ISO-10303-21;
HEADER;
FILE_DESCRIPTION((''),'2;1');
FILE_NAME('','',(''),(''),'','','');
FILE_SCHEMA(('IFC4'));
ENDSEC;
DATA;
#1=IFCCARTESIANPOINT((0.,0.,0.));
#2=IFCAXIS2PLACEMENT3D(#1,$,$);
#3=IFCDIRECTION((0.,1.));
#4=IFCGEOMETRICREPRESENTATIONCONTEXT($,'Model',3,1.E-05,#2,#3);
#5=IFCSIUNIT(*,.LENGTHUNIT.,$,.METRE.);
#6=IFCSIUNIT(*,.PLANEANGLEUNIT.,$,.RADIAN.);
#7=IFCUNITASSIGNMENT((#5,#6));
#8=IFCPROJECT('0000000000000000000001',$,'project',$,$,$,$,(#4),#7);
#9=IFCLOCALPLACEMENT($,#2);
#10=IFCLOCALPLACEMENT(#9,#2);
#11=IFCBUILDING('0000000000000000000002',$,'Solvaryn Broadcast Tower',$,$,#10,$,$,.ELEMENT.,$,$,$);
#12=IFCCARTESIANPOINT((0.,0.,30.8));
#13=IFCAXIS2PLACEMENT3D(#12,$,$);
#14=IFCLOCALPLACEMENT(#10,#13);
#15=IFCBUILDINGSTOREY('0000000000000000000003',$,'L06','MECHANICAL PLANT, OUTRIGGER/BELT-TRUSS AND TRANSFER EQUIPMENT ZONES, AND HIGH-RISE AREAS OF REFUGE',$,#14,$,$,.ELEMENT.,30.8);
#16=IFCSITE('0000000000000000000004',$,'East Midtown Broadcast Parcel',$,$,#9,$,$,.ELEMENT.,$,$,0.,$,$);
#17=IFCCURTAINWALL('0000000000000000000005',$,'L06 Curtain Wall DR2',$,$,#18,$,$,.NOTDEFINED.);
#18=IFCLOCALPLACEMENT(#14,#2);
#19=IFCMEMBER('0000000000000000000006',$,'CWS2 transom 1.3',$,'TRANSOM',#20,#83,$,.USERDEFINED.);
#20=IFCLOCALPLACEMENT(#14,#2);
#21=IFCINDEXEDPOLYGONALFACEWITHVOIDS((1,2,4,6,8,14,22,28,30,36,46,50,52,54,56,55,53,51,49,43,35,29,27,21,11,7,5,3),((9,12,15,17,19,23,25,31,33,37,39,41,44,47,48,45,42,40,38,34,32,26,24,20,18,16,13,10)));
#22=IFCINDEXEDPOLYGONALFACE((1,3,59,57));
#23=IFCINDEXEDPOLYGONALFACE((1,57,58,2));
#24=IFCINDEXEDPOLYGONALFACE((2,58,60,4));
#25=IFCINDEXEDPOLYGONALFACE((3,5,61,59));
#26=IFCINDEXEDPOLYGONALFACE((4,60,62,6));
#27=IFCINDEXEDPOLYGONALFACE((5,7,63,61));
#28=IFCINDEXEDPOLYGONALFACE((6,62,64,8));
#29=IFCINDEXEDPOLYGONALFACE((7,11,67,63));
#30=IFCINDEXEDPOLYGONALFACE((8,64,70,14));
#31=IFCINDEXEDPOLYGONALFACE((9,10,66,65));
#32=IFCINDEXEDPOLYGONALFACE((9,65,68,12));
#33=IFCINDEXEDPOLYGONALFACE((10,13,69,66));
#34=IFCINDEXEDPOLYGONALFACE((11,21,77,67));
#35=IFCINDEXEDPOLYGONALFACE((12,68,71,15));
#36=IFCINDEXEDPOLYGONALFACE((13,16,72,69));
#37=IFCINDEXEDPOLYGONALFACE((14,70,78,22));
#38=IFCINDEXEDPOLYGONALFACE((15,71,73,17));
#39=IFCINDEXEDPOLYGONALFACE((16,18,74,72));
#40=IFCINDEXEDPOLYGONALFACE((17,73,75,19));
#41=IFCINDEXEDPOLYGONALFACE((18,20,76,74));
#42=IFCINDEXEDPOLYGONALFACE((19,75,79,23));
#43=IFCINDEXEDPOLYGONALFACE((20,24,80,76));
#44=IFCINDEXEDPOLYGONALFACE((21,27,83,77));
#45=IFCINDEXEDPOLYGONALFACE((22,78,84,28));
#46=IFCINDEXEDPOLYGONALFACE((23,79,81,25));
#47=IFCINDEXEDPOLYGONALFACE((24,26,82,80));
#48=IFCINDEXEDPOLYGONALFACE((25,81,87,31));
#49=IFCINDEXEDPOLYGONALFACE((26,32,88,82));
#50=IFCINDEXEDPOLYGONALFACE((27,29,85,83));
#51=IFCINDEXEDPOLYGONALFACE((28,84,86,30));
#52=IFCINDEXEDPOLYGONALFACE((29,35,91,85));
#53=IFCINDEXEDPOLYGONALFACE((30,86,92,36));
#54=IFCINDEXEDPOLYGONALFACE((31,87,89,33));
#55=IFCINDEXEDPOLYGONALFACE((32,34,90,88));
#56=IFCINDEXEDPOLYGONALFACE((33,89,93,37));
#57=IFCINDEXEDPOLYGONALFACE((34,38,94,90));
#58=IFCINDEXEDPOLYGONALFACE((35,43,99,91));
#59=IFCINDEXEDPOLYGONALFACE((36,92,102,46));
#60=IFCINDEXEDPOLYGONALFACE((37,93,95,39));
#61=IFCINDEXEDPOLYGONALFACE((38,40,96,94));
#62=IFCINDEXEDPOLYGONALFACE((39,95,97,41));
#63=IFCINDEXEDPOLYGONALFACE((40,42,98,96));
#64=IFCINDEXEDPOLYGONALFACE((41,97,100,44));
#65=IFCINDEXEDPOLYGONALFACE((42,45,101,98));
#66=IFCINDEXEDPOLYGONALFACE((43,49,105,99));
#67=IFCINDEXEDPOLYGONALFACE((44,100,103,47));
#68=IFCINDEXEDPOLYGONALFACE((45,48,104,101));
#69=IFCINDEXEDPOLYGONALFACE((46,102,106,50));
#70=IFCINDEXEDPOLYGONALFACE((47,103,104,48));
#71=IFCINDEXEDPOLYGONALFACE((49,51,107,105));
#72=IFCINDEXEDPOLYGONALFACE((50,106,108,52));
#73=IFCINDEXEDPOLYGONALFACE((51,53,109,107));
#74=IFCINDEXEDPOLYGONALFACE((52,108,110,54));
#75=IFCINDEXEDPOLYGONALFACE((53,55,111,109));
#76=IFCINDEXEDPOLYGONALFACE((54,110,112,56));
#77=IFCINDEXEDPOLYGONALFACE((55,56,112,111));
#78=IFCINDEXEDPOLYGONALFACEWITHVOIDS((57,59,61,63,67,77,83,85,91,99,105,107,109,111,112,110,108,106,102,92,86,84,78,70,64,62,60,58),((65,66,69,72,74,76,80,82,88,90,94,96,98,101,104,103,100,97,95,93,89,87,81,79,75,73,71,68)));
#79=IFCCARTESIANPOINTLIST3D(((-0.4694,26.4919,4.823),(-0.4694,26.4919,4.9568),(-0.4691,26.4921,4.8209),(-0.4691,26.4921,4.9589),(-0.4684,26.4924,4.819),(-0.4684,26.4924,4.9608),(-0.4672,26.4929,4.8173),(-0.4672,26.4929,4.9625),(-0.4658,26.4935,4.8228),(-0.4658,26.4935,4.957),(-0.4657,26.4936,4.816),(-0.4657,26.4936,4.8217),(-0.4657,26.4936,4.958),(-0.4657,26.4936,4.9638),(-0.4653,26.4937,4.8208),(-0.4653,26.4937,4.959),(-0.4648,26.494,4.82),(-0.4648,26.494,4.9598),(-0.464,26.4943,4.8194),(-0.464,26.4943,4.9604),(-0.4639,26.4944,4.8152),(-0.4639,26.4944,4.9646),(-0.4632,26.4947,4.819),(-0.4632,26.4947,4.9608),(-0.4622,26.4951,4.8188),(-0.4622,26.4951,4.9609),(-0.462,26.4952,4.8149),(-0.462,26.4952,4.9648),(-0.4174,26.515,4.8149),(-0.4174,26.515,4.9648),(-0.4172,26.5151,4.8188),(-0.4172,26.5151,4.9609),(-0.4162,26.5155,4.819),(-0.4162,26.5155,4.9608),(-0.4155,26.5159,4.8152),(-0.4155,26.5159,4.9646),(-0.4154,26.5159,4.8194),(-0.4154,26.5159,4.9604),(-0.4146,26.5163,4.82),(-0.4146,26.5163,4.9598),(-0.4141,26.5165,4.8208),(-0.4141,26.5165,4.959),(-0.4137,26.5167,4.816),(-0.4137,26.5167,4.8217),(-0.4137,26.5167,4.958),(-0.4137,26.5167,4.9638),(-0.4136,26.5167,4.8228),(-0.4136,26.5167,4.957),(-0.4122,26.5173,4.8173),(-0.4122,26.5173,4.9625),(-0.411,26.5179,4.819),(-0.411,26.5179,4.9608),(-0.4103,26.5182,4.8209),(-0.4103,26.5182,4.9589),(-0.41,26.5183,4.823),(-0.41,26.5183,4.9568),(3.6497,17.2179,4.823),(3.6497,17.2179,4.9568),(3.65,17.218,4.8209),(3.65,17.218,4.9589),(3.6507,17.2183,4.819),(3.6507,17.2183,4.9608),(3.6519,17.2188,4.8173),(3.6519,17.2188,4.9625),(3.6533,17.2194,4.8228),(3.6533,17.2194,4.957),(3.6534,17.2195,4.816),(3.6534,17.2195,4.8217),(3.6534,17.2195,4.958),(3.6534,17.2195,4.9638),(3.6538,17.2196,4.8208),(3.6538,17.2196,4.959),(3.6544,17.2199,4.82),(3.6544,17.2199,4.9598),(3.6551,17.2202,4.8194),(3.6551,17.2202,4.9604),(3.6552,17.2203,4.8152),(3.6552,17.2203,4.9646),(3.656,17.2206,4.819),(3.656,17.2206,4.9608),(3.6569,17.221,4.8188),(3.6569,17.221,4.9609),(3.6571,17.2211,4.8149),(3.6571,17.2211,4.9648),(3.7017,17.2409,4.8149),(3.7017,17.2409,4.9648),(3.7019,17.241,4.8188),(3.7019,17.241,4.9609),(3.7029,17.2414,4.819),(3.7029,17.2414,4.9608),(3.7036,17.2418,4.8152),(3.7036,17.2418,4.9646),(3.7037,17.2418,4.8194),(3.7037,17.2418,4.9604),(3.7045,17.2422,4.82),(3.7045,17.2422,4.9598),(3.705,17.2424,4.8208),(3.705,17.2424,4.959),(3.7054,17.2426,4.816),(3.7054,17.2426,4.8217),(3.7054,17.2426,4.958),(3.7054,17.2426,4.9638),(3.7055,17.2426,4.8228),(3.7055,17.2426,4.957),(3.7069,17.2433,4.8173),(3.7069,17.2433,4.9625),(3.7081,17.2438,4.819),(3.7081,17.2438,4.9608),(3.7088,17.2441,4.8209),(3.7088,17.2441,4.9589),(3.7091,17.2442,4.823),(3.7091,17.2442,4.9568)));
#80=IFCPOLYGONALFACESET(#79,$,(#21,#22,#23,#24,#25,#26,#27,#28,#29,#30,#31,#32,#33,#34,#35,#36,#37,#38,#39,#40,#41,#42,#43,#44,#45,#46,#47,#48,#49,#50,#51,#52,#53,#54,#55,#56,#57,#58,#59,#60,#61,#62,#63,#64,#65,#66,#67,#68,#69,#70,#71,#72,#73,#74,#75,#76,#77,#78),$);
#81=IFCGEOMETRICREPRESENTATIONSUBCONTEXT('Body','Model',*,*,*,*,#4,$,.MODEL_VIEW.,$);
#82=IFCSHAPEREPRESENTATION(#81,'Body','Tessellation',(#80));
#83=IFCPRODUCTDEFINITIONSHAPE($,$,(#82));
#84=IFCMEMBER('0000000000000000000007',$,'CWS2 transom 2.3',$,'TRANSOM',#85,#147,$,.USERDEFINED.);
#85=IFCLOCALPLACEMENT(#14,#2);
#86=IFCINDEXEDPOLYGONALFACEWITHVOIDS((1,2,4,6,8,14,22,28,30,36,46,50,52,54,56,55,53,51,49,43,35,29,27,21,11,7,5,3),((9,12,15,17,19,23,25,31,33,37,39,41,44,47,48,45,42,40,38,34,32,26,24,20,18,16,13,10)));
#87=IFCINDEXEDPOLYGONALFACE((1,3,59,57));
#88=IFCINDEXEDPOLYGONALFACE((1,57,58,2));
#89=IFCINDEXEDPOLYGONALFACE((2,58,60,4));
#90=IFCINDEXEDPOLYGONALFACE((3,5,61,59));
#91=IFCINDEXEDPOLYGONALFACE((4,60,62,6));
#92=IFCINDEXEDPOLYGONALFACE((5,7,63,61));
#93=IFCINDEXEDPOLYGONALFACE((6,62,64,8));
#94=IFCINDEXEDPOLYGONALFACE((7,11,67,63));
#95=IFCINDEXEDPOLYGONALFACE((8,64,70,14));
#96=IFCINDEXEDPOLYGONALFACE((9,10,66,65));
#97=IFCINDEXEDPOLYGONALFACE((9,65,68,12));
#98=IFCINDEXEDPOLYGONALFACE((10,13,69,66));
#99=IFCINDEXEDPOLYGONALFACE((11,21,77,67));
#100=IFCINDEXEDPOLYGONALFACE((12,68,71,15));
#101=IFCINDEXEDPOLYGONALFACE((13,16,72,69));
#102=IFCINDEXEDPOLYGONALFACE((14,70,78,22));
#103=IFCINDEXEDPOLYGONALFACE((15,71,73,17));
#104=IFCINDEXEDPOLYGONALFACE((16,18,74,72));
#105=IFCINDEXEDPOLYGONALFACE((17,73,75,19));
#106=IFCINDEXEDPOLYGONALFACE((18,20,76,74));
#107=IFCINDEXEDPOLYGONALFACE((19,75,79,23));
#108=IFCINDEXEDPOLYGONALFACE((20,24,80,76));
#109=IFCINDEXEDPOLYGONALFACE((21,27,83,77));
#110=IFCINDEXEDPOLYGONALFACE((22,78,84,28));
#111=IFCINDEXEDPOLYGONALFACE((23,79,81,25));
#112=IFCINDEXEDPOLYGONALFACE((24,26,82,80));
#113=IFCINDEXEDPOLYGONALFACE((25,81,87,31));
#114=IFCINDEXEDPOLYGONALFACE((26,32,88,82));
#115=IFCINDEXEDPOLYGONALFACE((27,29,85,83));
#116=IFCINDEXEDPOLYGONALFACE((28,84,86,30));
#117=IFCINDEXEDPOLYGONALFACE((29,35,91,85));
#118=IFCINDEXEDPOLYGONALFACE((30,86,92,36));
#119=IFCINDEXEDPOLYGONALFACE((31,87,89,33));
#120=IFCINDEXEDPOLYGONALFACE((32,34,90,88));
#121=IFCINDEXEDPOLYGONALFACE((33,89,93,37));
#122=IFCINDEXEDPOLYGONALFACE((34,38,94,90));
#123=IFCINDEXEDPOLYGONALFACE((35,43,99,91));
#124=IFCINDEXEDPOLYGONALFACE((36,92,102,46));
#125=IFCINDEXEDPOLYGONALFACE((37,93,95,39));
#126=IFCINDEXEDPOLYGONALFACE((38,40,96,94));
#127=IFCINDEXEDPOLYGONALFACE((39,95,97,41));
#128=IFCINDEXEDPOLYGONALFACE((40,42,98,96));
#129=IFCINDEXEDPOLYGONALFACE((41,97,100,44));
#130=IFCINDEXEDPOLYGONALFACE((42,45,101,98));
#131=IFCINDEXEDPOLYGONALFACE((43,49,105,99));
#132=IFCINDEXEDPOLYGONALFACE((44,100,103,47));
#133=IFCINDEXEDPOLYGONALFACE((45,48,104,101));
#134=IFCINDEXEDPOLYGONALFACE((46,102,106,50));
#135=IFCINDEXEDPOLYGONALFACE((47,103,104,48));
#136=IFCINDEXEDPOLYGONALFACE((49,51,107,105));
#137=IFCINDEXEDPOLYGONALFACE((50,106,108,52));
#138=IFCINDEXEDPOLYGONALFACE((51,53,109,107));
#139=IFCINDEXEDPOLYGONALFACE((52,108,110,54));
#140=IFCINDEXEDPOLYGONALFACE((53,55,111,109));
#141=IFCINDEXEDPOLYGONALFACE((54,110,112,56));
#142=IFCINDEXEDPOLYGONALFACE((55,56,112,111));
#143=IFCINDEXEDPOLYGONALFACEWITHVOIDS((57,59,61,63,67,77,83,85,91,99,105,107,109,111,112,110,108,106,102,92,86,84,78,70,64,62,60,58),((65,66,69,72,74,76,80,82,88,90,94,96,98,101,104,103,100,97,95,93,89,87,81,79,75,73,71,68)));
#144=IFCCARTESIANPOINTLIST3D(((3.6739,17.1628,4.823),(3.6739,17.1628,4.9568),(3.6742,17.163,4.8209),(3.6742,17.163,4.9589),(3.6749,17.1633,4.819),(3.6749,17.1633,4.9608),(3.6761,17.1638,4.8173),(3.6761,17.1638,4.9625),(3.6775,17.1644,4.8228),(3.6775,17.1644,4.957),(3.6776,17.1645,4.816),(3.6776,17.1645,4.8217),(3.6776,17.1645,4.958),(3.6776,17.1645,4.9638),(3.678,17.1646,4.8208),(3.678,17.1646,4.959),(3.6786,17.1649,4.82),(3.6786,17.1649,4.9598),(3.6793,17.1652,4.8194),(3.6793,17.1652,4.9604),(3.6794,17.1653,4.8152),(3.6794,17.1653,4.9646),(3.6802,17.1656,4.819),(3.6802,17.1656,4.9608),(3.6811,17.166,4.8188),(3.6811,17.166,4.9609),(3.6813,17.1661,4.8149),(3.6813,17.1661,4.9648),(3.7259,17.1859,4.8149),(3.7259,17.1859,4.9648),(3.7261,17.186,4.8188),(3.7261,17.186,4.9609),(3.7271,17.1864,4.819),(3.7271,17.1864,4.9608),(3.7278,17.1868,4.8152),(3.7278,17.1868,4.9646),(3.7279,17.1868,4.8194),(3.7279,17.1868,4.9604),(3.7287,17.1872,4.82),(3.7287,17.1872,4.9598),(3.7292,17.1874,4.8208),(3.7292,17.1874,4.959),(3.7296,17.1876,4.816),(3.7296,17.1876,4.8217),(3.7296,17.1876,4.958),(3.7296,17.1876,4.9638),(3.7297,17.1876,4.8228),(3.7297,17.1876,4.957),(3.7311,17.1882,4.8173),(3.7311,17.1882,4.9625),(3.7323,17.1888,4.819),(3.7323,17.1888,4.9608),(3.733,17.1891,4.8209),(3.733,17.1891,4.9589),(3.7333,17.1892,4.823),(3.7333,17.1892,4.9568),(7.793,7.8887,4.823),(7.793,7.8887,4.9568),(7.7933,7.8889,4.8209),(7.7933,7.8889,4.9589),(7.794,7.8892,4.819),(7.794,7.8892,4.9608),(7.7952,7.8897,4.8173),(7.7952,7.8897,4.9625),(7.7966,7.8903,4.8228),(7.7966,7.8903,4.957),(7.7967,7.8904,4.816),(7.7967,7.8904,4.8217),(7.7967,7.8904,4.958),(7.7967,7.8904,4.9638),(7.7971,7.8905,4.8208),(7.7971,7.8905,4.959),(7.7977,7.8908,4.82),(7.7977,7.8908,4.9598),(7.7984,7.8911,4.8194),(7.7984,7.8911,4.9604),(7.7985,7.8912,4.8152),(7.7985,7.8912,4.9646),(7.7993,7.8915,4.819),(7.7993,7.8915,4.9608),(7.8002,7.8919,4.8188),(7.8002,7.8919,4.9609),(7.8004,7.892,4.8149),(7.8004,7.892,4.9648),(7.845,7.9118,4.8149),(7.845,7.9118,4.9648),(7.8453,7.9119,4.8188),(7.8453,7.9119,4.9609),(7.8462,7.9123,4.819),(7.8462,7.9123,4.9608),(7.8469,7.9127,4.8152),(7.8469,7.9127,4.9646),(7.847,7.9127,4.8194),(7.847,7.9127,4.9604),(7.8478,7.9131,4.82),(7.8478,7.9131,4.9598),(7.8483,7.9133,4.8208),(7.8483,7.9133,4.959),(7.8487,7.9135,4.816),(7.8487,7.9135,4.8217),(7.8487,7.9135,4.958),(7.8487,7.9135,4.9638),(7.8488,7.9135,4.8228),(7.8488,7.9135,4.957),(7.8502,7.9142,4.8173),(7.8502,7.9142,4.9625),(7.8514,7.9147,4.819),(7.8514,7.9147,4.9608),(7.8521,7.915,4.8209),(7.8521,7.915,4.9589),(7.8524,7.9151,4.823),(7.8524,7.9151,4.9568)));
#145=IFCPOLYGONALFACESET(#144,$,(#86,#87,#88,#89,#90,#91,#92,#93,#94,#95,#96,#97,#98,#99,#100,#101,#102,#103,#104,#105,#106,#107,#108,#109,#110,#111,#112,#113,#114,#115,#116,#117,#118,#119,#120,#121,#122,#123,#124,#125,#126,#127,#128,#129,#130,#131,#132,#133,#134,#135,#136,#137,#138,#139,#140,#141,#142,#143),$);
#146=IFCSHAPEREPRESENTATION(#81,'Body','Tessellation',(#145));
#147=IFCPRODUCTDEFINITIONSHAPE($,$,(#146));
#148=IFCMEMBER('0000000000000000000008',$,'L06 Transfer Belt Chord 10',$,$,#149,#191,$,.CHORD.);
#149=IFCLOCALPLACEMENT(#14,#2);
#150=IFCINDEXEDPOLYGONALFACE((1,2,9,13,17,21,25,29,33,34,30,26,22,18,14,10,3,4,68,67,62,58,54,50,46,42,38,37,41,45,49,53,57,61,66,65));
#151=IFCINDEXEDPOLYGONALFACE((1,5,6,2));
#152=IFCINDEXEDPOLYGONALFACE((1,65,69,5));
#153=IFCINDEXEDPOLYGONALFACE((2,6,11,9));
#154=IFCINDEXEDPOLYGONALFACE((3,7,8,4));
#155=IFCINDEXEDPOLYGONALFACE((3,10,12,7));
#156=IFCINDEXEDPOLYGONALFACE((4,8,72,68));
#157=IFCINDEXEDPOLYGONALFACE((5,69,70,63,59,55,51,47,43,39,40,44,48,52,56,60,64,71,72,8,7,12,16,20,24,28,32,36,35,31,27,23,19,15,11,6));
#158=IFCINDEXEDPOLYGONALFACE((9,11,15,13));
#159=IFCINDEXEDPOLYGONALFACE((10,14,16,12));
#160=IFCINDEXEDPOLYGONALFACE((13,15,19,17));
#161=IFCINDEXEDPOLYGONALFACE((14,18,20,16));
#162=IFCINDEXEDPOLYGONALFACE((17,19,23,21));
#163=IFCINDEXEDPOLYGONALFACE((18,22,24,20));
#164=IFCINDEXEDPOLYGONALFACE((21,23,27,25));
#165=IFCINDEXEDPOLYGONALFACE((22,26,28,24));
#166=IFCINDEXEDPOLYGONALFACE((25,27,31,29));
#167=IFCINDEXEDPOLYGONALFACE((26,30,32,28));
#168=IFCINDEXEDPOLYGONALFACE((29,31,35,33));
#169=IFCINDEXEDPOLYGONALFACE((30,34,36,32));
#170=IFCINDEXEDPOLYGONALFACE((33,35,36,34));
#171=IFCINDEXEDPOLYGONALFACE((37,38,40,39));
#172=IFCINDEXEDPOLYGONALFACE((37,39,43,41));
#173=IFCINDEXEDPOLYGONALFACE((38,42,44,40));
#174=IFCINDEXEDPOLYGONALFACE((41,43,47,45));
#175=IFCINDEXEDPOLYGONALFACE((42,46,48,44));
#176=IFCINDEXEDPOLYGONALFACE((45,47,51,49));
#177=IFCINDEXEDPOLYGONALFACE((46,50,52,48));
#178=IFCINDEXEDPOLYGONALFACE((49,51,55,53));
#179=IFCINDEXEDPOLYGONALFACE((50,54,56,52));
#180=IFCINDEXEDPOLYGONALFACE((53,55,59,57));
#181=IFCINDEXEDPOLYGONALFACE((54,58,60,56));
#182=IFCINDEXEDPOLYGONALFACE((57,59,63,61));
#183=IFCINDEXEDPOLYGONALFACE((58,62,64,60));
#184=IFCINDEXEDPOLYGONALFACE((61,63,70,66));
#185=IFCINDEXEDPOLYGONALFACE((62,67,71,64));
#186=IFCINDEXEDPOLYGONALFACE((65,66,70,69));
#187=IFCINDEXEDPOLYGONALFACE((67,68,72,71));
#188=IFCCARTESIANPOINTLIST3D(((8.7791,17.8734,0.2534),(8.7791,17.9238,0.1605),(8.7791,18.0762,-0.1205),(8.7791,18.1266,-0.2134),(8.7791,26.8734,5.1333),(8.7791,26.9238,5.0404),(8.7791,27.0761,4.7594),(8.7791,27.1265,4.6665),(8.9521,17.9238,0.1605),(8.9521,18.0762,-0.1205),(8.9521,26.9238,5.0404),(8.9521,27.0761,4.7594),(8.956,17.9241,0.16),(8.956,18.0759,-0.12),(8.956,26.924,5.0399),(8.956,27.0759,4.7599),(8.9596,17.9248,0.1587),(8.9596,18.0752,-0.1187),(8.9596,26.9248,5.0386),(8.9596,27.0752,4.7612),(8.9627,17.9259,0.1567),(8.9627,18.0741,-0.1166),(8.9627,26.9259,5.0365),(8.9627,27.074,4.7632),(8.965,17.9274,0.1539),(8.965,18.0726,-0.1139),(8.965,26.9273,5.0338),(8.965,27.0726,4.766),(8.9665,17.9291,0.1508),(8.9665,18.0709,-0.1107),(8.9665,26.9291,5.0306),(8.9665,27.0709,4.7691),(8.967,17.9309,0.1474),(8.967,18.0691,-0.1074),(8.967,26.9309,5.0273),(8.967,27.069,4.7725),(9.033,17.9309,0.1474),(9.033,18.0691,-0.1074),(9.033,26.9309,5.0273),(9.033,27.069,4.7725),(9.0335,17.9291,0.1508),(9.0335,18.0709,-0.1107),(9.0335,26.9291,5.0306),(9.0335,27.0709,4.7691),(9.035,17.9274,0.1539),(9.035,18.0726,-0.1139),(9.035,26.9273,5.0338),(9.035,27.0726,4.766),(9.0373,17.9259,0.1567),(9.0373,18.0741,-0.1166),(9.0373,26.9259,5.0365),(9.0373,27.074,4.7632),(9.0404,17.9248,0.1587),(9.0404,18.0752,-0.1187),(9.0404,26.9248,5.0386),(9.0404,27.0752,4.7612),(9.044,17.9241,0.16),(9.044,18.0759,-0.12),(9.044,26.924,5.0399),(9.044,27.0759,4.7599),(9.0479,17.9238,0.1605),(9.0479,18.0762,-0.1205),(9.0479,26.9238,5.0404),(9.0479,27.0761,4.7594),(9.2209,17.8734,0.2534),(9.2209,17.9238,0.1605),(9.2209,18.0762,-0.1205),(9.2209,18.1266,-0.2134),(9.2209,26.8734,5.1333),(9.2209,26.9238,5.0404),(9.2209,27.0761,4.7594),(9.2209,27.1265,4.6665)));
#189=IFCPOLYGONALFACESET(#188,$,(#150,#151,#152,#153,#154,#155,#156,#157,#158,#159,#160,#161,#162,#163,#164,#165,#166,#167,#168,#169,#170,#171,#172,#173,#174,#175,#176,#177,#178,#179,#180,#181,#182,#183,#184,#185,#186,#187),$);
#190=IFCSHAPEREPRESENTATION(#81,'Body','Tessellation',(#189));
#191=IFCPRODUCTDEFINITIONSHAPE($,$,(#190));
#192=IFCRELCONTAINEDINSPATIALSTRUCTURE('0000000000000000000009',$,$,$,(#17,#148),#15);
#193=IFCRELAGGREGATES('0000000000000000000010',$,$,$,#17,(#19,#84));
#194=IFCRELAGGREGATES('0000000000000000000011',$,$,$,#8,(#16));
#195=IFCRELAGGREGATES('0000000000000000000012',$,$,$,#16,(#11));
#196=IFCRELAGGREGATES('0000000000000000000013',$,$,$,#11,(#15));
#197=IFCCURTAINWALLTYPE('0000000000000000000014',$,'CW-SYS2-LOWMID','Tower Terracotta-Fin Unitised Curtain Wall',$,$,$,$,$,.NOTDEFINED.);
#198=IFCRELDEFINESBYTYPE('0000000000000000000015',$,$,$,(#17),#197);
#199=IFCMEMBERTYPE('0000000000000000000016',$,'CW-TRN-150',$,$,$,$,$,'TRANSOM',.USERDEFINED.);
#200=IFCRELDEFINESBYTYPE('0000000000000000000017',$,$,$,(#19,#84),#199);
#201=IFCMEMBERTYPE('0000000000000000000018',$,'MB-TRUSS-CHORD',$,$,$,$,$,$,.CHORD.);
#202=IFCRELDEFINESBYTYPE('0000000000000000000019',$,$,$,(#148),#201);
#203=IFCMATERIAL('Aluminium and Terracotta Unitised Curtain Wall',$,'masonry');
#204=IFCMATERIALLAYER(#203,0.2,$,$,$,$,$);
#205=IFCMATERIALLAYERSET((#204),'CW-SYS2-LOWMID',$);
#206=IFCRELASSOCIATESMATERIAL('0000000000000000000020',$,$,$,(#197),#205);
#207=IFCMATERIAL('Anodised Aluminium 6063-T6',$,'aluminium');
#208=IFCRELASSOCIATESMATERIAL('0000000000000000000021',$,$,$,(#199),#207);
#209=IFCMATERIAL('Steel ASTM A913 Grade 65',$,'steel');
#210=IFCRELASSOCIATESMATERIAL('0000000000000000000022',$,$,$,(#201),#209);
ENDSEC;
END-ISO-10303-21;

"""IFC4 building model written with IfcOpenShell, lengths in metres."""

from ifc_helpers import new_model, si_unit, direction, frame, origin, origin_2d, place, context, subcontext, project, spatial, hollow_rectangle, i_section, extrude, material, layer, layer_set, material_profile, profile_set, type_object, element, aggregate, save


model = new_model("IFC4")

# Units and contexts
model_context = context("Model", 3, precision=1e-05, world=origin(), true_north=direction((0.0, 1.0)))
body_context = subcontext(model_context, "Body", "Model", "MODEL_VIEW")
ifc_project = project(units=[si_unit("LENGTHUNIT", "METRE"), si_unit("PLANEANGLEUNIT", "RADIAN")], contexts=[model_context])

# Site, building, storey
site_placement = place(None, origin())
site = spatial("IfcSite", under=ifc_project, at=site_placement, Name="East Midtown Broadcast Parcel", CompositionType="ELEMENT", RefElevation=0.0)
building_placement = place(site_placement, origin())
building = spatial("IfcBuilding", under=site, at=building_placement, Name="Solvaryn Broadcast Tower", CompositionType="ELEMENT")
storey_placement = place(building_placement, frame((0.0, 0.0, 30.8)))
storey = spatial("IfcBuildingStorey", under=building, at=storey_placement, Name="L06", Description="MECHANICAL PLANT, OUTRIGGER/BELT-TRUSS AND TRANSFER EQUIPMENT ZONES, AND HIGH-RISE AREAS OF REFUGE", CompositionType="ELEMENT", Elevation=30.8)

# Shared definitions
ifc_material_1 = material(Name="Aluminium and Terracotta Unitised Curtain Wall", Category="masonry")
ifc_layer_1 = layer(ifc_material_1, 0.2)
ifc_layer_set_1 = layer_set([ifc_layer_1], Name="CW-SYS2-LOWMID")
curtain_wall_type = type_object("IfcCurtainWallType", Name="CW-SYS2-LOWMID", Description="Tower Terracotta-Fin Unitised Curtain Wall", PredefinedType="NOTDEFINED", material=ifc_layer_set_1)

# Curtain wall, members
curtain_wall_1_placement = place(storey_placement, origin())
curtain_wall_1 = element("IfcCurtainWall", 1, at=curtain_wall_1_placement, inside=storey, type_object=curtain_wall_type, Name="L06 Curtain Wall DR2", PredefinedType="NOTDEFINED")
ifc_material_2 = material(Name="Anodised Aluminium 6063-T6", Category="aluminium")
ifc_material_profile_1 = material_profile(ifc_material_2, hollow_rectangle(XDim=0.0649, YDim=0.1499, WallThickness=0.0039, InnerFilletRadius=0.0039, OuterFilletRadius=0.0081, at=origin_2d()))
ifc_profile_set_1 = profile_set([ifc_material_profile_1], Name="Anodised Aluminium 6063-T6")
member_type_1 = type_object("IfcMemberType", Name="CW-TRN-150", ElementType="TRANSOM", PredefinedType="USERDEFINED", material=ifc_profile_set_1)
member_1_placement = place(storey_placement, frame((-0.4397, 26.5051, 4.8899), z_axis=(0.405915, -0.913911, 0.0), x_axis=(0.913911, 0.405915, 0.0)))
member_1 = element("IfcMember", 2, at=member_1_placement, type_object=member_type_1, Name="CWS2 transom 1.3", ObjectType="TRANSOM", PredefinedType="USERDEFINED", context=body_context, shape_type="SweptSolid", body=[
    extrude(hollow_rectangle(XDim=0.0649, YDim=0.1499, WallThickness=0.0039, InnerFilletRadius=0.0039, OuterFilletRadius=0.0081, at=origin_2d()), origin(), (0.0, 0.0, 1.0), 10.1477),
])
member_2_placement = place(storey_placement, frame((3.7036, 17.176, 4.8899), z_axis=(0.405915, -0.913911, 0.0), x_axis=(0.913911, 0.405915, 0.0)))
member_2 = element("IfcMember", 3, at=member_2_placement, type_object=member_type_1, Name="CWS2 transom 2.3", ObjectType="TRANSOM", PredefinedType="USERDEFINED", context=body_context, shape_type="SweptSolid", body=[
    extrude(hollow_rectangle(XDim=0.0649, YDim=0.1499, WallThickness=0.0039, InnerFilletRadius=0.0039, OuterFilletRadius=0.0081, at=origin_2d()), origin(), (0.0, 0.0, 1.0), 10.1477),
])

# Member
ifc_material_3 = material(Name="Steel ASTM A913 Grade 65", Category="steel")
ifc_material_profile_2 = material_profile(ifc_material_3, i_section(OverallWidth=0.4419, OverallDepth=0.531, WebThickness=0.0659, FlangeThickness=0.1057, FilletRadius=0.0149, at=origin_2d()))
ifc_profile_set_2 = profile_set([ifc_material_profile_2], Name="Steel ASTM A913 Grade 65")
member_type_2 = type_object("IfcMemberType", Name="MB-TRUSS-CHORD", PredefinedType="CHORD", material=ifc_profile_set_2)
for number, where, z_axis, x_axis, name in (
    (4, (9.0, 18.0, 0.02), (0.0, 0.879092, 0.476652), (-1.0, 0.0, 0.0), "L06 Transfer Belt Chord 10"),
):
    element("IfcMember", number, at=place(storey_placement, frame(where, z_axis=z_axis, x_axis=x_axis)), inside=storey, type_object=member_type_2, Name=name, PredefinedType="CHORD", context=body_context, shape_type="SweptSolid", body=[
        extrude(i_section(OverallWidth=0.4419, OverallDepth=0.531, WebThickness=0.0659, FlangeThickness=0.1057, FilletRadius=0.0149, at=origin_2d()), origin(), (0.0, 0.0, 1.0), 10.2378),
    ])

aggregate(curtain_wall_1, [member_1, member_2])

save(model, "model.ifc")
